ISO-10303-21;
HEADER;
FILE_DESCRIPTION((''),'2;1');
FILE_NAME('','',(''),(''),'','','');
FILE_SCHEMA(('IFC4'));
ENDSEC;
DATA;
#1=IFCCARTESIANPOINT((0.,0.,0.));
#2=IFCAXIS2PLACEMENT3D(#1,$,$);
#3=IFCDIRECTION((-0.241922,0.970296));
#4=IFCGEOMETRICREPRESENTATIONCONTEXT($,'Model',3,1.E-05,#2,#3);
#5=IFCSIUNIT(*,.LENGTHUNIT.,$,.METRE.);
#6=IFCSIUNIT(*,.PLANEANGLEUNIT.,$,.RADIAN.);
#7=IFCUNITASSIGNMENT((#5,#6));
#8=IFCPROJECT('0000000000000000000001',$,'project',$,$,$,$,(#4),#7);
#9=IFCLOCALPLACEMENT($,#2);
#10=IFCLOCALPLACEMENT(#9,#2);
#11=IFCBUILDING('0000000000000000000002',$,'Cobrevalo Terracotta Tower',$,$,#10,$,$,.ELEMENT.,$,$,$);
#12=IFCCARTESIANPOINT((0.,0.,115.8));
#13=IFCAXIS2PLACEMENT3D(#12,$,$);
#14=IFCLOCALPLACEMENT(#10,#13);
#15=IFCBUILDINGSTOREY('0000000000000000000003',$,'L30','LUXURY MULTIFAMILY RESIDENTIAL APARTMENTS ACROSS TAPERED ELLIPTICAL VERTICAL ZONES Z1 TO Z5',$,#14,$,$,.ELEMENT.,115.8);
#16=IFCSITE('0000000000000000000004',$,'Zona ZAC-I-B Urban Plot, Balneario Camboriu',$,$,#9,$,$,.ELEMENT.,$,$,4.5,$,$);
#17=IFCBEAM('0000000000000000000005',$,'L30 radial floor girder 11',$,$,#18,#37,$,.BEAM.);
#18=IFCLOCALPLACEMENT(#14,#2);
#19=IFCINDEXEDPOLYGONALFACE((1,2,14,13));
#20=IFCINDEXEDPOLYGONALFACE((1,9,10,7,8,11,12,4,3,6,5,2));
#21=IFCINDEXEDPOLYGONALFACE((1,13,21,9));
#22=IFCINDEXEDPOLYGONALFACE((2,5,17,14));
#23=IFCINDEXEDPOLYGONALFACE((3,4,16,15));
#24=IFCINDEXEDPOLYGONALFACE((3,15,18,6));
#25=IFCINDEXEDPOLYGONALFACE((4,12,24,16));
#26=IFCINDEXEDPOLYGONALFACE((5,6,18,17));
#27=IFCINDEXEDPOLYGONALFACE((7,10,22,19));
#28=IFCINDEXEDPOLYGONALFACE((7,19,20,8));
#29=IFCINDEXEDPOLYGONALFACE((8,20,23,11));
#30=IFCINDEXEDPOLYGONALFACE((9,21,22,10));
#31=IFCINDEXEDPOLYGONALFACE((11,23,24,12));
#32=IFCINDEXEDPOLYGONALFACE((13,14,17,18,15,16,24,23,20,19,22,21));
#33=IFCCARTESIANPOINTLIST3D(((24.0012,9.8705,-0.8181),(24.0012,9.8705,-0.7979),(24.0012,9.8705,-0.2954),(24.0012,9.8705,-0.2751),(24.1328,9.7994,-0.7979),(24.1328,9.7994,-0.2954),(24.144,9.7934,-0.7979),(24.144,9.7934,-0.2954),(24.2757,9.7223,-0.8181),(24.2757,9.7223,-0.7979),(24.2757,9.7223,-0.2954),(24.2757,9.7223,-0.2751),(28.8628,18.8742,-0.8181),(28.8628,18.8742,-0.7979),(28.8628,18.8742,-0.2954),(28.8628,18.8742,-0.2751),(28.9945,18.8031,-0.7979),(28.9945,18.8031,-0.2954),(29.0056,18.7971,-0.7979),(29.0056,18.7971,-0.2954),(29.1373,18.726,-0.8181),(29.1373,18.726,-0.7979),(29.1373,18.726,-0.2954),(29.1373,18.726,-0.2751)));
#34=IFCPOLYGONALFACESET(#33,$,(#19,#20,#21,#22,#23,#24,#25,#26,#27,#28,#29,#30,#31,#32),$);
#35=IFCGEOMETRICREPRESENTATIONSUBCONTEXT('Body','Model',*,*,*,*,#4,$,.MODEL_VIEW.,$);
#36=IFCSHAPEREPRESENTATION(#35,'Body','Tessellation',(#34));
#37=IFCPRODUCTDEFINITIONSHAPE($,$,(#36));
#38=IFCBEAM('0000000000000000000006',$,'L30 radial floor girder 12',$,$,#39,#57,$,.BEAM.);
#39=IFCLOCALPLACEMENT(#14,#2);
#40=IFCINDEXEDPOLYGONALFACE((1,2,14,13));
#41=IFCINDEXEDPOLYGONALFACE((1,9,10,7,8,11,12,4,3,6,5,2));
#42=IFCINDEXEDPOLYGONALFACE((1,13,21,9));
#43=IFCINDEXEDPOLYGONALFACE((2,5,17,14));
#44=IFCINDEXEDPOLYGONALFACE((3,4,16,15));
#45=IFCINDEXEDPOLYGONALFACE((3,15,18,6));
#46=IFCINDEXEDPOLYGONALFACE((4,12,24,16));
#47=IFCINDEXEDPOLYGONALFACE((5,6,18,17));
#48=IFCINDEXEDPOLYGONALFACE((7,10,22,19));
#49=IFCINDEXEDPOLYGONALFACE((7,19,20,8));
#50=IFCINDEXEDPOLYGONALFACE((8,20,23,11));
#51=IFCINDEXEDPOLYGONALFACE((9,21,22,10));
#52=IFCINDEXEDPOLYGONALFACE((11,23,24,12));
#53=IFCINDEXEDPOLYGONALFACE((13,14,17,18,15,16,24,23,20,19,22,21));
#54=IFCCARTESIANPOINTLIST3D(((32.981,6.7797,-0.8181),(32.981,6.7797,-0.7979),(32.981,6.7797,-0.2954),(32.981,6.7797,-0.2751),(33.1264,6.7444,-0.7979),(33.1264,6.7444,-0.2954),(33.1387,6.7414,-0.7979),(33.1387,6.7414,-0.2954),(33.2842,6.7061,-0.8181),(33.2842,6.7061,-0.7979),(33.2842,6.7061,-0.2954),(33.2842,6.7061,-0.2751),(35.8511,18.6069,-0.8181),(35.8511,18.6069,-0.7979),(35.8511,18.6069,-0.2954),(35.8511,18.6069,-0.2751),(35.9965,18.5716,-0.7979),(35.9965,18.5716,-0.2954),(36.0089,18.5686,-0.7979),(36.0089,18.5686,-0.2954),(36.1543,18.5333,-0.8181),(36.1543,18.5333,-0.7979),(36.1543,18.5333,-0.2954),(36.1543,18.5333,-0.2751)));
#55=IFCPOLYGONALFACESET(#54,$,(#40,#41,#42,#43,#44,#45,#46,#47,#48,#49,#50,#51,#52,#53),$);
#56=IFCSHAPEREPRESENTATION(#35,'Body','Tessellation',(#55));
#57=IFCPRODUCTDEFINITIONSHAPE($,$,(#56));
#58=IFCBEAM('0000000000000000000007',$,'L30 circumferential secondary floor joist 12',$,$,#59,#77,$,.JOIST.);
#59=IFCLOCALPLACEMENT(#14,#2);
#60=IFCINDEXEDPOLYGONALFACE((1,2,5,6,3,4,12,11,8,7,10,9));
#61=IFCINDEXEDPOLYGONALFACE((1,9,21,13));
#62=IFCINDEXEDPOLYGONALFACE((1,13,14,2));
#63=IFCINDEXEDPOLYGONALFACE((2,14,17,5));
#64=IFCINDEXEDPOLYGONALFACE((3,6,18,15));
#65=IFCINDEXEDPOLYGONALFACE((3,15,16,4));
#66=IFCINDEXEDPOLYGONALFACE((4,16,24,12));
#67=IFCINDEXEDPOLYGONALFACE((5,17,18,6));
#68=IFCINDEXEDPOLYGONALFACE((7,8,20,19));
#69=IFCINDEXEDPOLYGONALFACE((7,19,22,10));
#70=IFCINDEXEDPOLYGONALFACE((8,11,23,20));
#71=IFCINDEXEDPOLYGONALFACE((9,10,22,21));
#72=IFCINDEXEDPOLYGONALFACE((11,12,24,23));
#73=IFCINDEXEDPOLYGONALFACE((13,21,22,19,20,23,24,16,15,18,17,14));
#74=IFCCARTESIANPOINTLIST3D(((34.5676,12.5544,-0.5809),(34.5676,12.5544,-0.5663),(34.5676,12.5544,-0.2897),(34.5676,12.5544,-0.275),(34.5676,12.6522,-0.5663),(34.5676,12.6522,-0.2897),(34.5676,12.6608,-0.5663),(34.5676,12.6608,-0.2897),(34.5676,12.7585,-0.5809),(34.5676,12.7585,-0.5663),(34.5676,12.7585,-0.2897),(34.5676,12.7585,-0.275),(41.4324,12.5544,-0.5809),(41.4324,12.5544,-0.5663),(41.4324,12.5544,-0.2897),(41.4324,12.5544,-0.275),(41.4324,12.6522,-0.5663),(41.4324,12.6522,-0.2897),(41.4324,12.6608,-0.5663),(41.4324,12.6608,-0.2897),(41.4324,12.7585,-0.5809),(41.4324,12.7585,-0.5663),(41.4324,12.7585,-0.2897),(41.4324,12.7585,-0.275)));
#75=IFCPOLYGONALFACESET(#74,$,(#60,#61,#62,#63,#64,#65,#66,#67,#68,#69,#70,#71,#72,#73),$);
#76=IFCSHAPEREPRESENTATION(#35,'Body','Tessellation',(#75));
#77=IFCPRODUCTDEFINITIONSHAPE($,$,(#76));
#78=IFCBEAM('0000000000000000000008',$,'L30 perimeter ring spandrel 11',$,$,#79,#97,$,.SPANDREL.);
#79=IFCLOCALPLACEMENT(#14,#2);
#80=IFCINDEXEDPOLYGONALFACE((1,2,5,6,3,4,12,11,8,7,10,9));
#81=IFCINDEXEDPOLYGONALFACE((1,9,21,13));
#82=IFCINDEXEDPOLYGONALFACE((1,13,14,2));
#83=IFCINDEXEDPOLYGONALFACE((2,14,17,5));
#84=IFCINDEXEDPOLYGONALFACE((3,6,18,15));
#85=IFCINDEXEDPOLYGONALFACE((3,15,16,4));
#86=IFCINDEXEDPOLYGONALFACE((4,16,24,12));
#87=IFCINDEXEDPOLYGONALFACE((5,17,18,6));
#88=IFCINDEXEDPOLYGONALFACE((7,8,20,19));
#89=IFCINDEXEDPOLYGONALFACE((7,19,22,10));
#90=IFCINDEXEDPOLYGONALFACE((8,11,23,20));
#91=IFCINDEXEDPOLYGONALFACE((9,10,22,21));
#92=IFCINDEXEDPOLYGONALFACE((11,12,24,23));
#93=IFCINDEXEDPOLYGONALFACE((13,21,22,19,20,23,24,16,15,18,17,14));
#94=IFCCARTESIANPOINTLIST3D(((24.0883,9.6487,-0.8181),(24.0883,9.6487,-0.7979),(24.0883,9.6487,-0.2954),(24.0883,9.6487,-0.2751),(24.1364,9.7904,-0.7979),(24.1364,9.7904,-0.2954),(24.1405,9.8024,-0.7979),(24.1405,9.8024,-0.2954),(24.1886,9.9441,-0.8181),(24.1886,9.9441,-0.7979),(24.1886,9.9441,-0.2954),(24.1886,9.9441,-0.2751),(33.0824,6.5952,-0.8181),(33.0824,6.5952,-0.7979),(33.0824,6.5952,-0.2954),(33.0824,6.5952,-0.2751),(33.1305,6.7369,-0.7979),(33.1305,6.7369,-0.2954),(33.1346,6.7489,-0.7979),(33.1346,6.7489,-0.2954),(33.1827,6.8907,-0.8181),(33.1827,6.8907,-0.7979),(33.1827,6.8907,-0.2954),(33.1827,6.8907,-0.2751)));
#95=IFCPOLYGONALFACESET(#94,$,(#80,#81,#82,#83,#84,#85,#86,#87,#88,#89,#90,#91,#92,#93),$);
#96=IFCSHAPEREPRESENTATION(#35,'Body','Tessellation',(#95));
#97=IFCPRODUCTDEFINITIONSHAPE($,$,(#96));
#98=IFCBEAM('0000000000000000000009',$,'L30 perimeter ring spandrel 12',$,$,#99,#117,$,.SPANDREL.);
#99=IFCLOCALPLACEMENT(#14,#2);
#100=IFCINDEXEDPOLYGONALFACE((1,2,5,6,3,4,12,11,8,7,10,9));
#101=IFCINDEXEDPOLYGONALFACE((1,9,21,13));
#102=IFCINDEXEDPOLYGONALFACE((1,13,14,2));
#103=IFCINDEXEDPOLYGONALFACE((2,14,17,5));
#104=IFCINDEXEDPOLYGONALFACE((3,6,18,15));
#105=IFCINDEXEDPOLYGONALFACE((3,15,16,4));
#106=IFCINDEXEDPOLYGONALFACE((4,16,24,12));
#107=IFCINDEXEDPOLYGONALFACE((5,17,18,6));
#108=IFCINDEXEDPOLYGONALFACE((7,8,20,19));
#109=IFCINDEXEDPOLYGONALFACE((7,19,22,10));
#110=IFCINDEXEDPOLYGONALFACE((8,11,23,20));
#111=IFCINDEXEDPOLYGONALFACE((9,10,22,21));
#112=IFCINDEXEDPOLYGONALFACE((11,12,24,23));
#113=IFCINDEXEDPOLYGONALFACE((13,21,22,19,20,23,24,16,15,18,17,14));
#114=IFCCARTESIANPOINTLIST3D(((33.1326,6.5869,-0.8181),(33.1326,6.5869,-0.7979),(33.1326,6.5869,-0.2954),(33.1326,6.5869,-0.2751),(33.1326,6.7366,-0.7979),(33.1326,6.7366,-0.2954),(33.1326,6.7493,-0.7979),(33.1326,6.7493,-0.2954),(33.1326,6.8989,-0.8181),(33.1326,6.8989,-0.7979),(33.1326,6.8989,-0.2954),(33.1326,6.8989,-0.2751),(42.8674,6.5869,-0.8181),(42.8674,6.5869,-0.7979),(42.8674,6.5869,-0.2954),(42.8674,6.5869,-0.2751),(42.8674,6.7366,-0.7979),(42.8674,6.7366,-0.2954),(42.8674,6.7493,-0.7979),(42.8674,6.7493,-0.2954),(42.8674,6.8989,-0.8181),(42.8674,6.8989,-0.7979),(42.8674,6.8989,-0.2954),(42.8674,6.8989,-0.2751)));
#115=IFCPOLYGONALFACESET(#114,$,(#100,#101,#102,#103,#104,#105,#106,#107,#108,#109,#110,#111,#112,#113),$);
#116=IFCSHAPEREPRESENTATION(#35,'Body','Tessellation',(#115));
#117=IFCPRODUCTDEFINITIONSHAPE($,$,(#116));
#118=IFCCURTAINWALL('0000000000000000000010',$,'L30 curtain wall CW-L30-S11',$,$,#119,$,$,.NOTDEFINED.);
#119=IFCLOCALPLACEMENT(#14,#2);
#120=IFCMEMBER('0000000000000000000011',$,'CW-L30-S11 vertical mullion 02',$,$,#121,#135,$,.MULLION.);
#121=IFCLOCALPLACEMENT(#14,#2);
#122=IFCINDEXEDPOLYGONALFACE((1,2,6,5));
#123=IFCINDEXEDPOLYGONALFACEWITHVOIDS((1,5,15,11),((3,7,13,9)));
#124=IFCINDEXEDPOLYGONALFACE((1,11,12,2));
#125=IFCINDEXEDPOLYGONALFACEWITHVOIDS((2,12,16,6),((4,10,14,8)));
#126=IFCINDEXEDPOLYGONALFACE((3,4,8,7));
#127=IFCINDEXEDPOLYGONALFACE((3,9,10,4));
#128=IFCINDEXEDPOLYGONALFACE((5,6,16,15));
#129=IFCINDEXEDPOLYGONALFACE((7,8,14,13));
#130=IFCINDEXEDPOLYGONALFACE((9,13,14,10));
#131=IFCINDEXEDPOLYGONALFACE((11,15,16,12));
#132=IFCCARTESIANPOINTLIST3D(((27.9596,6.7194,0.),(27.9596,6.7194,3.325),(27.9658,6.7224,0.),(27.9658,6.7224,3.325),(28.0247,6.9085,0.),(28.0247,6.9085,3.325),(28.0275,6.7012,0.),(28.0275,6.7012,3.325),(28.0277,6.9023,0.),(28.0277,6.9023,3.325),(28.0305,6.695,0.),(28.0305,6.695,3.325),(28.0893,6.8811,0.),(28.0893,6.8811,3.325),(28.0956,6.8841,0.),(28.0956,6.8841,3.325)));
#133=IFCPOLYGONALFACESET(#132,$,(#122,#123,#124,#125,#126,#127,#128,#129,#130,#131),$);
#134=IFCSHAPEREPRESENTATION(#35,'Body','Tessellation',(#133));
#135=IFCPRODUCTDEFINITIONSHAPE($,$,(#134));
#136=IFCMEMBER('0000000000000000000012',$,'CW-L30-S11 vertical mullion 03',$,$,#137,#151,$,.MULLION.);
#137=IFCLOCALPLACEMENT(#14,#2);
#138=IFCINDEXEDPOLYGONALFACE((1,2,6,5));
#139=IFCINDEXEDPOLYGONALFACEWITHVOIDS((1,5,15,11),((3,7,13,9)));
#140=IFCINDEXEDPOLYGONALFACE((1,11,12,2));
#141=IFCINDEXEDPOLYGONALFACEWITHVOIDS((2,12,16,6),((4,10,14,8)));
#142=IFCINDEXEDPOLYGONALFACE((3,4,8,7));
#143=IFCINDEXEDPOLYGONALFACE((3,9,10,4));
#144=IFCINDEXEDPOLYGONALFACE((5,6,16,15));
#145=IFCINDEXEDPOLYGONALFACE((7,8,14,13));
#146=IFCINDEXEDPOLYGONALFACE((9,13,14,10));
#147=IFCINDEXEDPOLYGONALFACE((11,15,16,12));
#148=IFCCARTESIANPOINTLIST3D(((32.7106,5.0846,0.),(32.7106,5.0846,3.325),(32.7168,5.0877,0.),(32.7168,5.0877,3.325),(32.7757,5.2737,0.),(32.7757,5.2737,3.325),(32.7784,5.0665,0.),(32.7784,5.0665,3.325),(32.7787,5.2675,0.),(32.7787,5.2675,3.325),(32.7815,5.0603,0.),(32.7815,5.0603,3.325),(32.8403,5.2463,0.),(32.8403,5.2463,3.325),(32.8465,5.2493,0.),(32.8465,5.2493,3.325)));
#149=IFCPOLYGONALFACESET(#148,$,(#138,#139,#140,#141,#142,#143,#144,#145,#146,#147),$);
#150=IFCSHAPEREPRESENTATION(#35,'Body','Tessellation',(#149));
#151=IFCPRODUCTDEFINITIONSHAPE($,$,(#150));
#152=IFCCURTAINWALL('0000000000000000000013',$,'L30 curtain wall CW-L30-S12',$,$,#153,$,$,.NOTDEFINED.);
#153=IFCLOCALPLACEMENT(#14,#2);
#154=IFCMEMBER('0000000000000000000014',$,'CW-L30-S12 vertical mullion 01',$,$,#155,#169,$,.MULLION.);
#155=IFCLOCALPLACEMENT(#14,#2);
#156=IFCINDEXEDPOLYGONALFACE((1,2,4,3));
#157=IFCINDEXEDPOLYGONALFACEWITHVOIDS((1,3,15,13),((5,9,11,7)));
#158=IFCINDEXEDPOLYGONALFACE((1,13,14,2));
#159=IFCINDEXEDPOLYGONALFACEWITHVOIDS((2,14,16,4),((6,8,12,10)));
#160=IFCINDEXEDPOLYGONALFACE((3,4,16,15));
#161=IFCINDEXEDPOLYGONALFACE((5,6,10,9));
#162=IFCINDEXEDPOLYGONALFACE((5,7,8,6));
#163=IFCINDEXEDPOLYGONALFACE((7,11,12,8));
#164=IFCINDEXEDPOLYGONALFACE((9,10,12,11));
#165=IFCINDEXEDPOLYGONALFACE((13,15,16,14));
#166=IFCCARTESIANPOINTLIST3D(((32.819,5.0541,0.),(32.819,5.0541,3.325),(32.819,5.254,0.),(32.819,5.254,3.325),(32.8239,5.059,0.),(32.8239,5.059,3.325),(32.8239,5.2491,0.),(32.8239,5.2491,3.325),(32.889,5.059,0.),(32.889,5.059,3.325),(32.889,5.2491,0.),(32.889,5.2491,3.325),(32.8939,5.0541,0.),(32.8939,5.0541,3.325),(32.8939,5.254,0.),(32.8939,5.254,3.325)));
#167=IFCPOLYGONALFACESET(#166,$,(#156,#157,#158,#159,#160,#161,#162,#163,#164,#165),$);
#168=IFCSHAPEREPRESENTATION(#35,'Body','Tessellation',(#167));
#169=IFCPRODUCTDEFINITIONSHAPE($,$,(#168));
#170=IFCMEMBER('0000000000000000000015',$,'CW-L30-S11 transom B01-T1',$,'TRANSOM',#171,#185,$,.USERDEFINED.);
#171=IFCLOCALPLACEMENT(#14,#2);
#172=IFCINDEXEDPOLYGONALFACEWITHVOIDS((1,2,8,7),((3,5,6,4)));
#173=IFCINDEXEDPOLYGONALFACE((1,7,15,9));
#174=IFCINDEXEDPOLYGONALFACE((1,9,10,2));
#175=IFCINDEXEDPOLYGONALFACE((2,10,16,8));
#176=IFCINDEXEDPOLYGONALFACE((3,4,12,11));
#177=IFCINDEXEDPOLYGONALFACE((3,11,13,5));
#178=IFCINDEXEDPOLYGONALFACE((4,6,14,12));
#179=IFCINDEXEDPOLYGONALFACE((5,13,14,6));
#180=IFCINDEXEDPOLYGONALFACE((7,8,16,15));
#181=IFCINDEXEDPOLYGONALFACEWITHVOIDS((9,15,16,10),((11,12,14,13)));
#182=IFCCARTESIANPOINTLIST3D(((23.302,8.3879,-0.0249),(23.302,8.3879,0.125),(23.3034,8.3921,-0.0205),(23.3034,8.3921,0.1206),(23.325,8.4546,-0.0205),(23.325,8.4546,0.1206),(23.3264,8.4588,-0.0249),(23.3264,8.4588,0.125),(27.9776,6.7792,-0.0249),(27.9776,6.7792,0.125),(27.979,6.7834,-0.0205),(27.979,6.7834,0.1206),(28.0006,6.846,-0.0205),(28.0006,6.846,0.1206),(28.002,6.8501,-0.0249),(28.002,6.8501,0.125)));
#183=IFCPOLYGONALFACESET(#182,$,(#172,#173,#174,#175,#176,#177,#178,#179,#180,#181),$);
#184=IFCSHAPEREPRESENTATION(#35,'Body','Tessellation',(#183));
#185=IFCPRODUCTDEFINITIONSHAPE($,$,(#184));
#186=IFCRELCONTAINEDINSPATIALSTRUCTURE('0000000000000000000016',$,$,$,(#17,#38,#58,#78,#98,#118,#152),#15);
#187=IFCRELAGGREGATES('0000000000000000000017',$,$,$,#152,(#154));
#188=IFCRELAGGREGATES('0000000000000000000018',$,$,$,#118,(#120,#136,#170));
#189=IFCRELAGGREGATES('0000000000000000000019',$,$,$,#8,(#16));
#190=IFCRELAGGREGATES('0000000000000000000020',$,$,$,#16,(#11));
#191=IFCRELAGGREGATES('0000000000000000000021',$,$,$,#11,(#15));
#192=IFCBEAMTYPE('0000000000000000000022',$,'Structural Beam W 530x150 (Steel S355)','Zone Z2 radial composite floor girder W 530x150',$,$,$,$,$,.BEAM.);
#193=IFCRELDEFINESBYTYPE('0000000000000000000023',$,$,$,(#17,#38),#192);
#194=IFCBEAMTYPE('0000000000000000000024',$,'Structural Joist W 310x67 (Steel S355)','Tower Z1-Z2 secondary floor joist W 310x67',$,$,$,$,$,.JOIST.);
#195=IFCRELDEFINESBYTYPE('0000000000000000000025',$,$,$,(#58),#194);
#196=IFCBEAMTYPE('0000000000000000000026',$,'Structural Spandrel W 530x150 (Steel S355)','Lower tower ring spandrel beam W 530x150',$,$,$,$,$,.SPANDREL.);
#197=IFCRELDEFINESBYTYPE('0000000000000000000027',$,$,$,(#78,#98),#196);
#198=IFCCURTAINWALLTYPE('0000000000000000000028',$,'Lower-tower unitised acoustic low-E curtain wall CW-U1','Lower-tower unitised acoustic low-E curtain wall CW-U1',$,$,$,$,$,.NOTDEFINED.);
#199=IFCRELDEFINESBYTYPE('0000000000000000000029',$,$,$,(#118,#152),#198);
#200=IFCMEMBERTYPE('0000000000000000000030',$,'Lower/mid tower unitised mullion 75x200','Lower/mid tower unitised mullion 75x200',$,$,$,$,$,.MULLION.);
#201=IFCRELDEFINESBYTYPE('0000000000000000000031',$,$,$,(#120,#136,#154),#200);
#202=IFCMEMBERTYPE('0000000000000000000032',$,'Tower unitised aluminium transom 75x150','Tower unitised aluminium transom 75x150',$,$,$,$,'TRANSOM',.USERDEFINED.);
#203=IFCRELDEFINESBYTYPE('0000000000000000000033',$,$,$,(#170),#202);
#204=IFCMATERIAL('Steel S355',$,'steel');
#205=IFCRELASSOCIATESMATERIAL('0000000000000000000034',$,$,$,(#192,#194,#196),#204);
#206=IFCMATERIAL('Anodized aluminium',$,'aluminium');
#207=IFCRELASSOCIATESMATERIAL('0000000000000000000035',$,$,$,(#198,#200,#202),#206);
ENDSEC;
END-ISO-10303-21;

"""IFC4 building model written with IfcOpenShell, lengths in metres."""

from ifc_helpers import new_model, si_unit, direction, frame, origin, origin_2d, place, context, subcontext, project, spatial, hollow_rectangle, i_section, extrude, source, transform, mapped, material, material_profile, profile_set, type_object, element, aggregate, save


model = new_model("IFC4")

# Units and contexts
model_context = context("Model", 3, precision=1e-05, world=origin(), true_north=direction((-0.241922, 0.970296)))
body_context = subcontext(model_context, "Body", "Model", "MODEL_VIEW")
ifc_project = project(units=[si_unit("LENGTHUNIT", "METRE"), si_unit("PLANEANGLEUNIT", "RADIAN")], contexts=[model_context])

# Site, building, storey
site_placement = place(None, origin())
site = spatial("IfcSite", under=ifc_project, at=site_placement, Name="Zona ZAC-I-B Urban Plot, Balneario Camboriu", CompositionType="ELEMENT", RefElevation=4.5)
building_placement = place(site_placement, origin())
building = spatial("IfcBuilding", under=site, at=building_placement, Name="Cobrevalo Terracotta Tower", CompositionType="ELEMENT")
storey_placement = place(building_placement, frame((0.0, 0.0, 115.8)))
storey = spatial("IfcBuildingStorey", under=building, at=storey_placement, Name="L30", Description="LUXURY MULTIFAMILY RESIDENTIAL APARTMENTS ACROSS TAPERED ELLIPTICAL VERTICAL ZONES Z1 TO Z5", CompositionType="ELEMENT", Elevation=115.8)

# Shared definitions
ifc_material_1 = material(Name="Steel S355", Category="steel")

# Beams
ifc_material_profile_1 = material_profile(ifc_material_1, i_section(OverallWidth=0.312, OverallDepth=0.543, WebThickness=0.0127, FlangeThickness=0.0203, at=origin_2d()), Name="W 530x150")
ifc_profile_set_1 = profile_set([ifc_material_profile_1], Name="Steel S355")
beam_type_1 = type_object("IfcBeamType", Name="Structural Beam W 530x150 (Steel S355)", Description="Zone Z2 radial composite floor girder W 530x150", PredefinedType="BEAM", material=ifc_profile_set_1)
beam_1_placement = place(storey_placement, frame((24.1384, 9.7964, -0.5466), z_axis=(0.475118, 0.879922, 0.0), x_axis=(-0.879922, 0.475118, 0.0)))
element("IfcBeam", 1, at=beam_1_placement, inside=storey, type_object=beam_type_1, Name="L30 radial floor girder 11", PredefinedType="BEAM", context=body_context, shape_type="SweptSolid", body=[
    extrude(i_section(OverallWidth=0.312, OverallDepth=0.543, WebThickness=0.0127, FlangeThickness=0.0203, at=origin_2d()), origin(), (0.0, 0.0, 1.0), 10.2324),
])
beam_2_placement = place(storey_placement, frame((33.1326, 6.7429, -0.5466), z_axis=(0.235827, 0.971795, 0.0), x_axis=(-0.971795, 0.235827, 0.0)))
element("IfcBeam", 2, at=beam_2_placement, inside=storey, type_object=beam_type_1, Name="L30 radial floor girder 12", PredefinedType="BEAM", context=body_context, shape_type="SweptSolid", body=[
    extrude(i_section(OverallWidth=0.312, OverallDepth=0.543, WebThickness=0.0127, FlangeThickness=0.0203, at=origin_2d()), origin(), (0.0, 0.0, 1.0), 12.1704),
])
ifc_material_profile_2 = material_profile(ifc_material_1, i_section(OverallWidth=0.2041, OverallDepth=0.3059, WebThickness=0.0085, FlangeThickness=0.0146, at=origin_2d()), Name="W 310x67")
ifc_profile_set_2 = profile_set([ifc_material_profile_2], Name="Steel S355")
beam_type_2 = type_object("IfcBeamType", Name="Structural Joist W 310x67 (Steel S355)", Description="Tower Z1-Z2 secondary floor joist W 310x67", PredefinedType="JOIST", material=ifc_profile_set_2)
beam_3_placement = place(storey_placement, frame((34.5676, 12.6565, -0.428), z_axis=(1.0, 0.0, 0.0), x_axis=(0.0, 1.0, 0.0)))
element("IfcBeam", 3, at=beam_3_placement, inside=storey, type_object=beam_type_2, Name="L30 circumferential secondary floor joist 12", PredefinedType="JOIST", context=body_context, shape_type="SweptSolid", body=[
    extrude(i_section(OverallWidth=0.2041, OverallDepth=0.3059, WebThickness=0.0085, FlangeThickness=0.0146, at=origin_2d()), origin(), (0.0, 0.0, 1.0), 6.8647),
])
ifc_material_profile_3 = material_profile(ifc_material_1, i_section(OverallWidth=0.312, OverallDepth=0.543, WebThickness=0.0127, FlangeThickness=0.0203, at=origin_2d()), Name="W 530x150")
ifc_profile_set_3 = profile_set([ifc_material_profile_3], Name="Steel S355")
beam_type_3 = type_object("IfcBeamType", Name="Structural Spandrel W 530x150 (Steel S355)", Description="Lower tower ring spandrel beam W 530x150", PredefinedType="SPANDREL", material=ifc_profile_set_3)
beam_4_placement = place(storey_placement, frame((24.1384, 9.7964, -0.5466), z_axis=(0.946918, -0.321474, 0.0), x_axis=(0.321474, 0.946918, 0.0)))
element("IfcBeam", 4, at=beam_4_placement, inside=storey, type_object=beam_type_3, Name="L30 perimeter ring spandrel 11", PredefinedType="SPANDREL", context=body_context, shape_type="SweptSolid", body=[
    extrude(i_section(OverallWidth=0.312, OverallDepth=0.543, WebThickness=0.0127, FlangeThickness=0.0203, at=origin_2d()), origin(), (0.0, 0.0, 1.0), 9.4983),
])
beam_5_placement = place(storey_placement, frame((33.1326, 6.7429, -0.5466), z_axis=(1.0, 0.0, 0.0), x_axis=(0.0, 1.0, 0.0)))
element("IfcBeam", 5, at=beam_5_placement, inside=storey, type_object=beam_type_3, Name="L30 perimeter ring spandrel 12", PredefinedType="SPANDREL", context=body_context, shape_type="SweptSolid", body=[
    extrude(i_section(OverallWidth=0.312, OverallDepth=0.543, WebThickness=0.0127, FlangeThickness=0.0203, at=origin_2d()), origin(), (0.0, 0.0, 1.0), 9.7349),
])

# Curtain wall, members
ifc_material_2 = material(Name="Anodized aluminium", Category="aluminium")
curtain_wall_type = type_object("IfcCurtainWallType", Name="Lower-tower unitised acoustic low-E curtain wall CW-U1", Description="Lower-tower unitised acoustic low-E curtain wall CW-U1", PredefinedType="NOTDEFINED", material=ifc_material_2)
curtain_wall_1_placement = place(storey_placement, origin())
curtain_wall_1 = element("IfcCurtainWall", 6, at=curtain_wall_1_placement, inside=storey, type_object=curtain_wall_type, Name="L30 curtain wall CW-L30-S11", PredefinedType="NOTDEFINED")
ifc_material_profile_4 = material_profile(ifc_material_2, hollow_rectangle(XDim=0.075, YDim=0.2, WallThickness=0.0049, at=origin_2d()), Name="CWM 75x200")
ifc_profile_set_4 = profile_set([ifc_material_profile_4], Name="Anodized aluminium")
member_type_1 = type_object("IfcMemberType", Name="Lower/mid tower unitised mullion 75x200", Description="Lower/mid tower unitised mullion 75x200", PredefinedType="MULLION", material=ifc_profile_set_4)
shared_shape_1 = source(origin(), body_context, "Body", "SweptSolid", [
    extrude(hollow_rectangle(XDim=0.075, YDim=0.2, WallThickness=0.0049, at=origin_2d()), origin(), (0.0, 0.0, 1.0), 3.325),
])
member_1_placement = place(storey_placement, frame((28.0276, 6.8018, 0.0), z_axis=(0.0, 0.0, 1.0), x_axis=(0.945598, -0.325337, 0.0)))
member_1 = element("IfcMember", 7, at=member_1_placement, type_object=member_type_1, Name="CW-L30-S11 vertical mullion 02", PredefinedType="MULLION", context=body_context, shape_type="MappedRepresentation", body=[
    mapped(shared_shape_1, transform((0.0, 0.0, 0.0), scale=1.0)),
])
member_2_placement = place(storey_placement, frame((32.7786, 5.167, 0.0), z_axis=(0.0, 0.0, 1.0), x_axis=(0.945598, -0.325337, 0.0)))
member_2 = element("IfcMember", 8, at=member_2_placement, type_object=member_type_1, Name="CW-L30-S11 vertical mullion 03", PredefinedType="MULLION", context=body_context, shape_type="MappedRepresentation", body=[
    mapped(shared_shape_1, transform((0.0, 0.0, 0.0), scale=1.0)),
])

# Curtain wall, member
curtain_wall_2_placement = place(storey_placement, origin())
curtain_wall_2 = element("IfcCurtainWall", 9, at=curtain_wall_2_placement, inside=storey, type_object=curtain_wall_type, Name="L30 curtain wall CW-L30-S12", PredefinedType="NOTDEFINED")
member_3_placement = place(storey_placement, frame((32.8564, 5.1541, 0.0), z_axis=(0.0, 0.0, 1.0), x_axis=(1.0, 0.0, 0.0)))
member_3 = element("IfcMember", 10, at=member_3_placement, type_object=member_type_1, Name="CW-L30-S12 vertical mullion 01", PredefinedType="MULLION", context=body_context, shape_type="MappedRepresentation", body=[
    mapped(shared_shape_1, transform((0.0, 0.0, 0.0), scale=1.0)),
])

# Member
ifc_material_profile_5 = material_profile(ifc_material_2, hollow_rectangle(XDim=0.075, YDim=0.1499, WallThickness=0.0044, at=origin_2d()), Name="CWT 75x150")
ifc_profile_set_5 = profile_set([ifc_material_profile_5], Name="Anodized aluminium")
member_type_2 = type_object("IfcMemberType", Name="Tower unitised aluminium transom 75x150", Description="Tower unitised aluminium transom 75x150", ElementType="TRANSOM", PredefinedType="USERDEFINED", material=ifc_profile_set_5)
shared_shape_2 = source(origin(), body_context, "Body", "SweptSolid", [
    extrude(hollow_rectangle(XDim=0.075, YDim=0.1499, WallThickness=0.0044, at=origin_2d()), origin(), (0.0, 0.0, 1.0), 4.9446),
])
member_4_placement = place(storey_placement, frame((23.3142, 8.4233, 0.05), z_axis=(0.945598, -0.325338, 0.0), x_axis=(0.325338, 0.945598, 0.0)))
member_4 = element("IfcMember", 11, at=member_4_placement, type_object=member_type_2, Name="CW-L30-S11 transom B01-T1", ObjectType="TRANSOM", PredefinedType="USERDEFINED", context=body_context, shape_type="MappedRepresentation", body=[
    mapped(shared_shape_2, transform((0.0, 0.0, 0.0), scale=1.0)),
])
aggregate(curtain_wall_2, [member_3])

aggregate(curtain_wall_1, [member_1, member_2, member_4])

save(model, "model.ifc")
